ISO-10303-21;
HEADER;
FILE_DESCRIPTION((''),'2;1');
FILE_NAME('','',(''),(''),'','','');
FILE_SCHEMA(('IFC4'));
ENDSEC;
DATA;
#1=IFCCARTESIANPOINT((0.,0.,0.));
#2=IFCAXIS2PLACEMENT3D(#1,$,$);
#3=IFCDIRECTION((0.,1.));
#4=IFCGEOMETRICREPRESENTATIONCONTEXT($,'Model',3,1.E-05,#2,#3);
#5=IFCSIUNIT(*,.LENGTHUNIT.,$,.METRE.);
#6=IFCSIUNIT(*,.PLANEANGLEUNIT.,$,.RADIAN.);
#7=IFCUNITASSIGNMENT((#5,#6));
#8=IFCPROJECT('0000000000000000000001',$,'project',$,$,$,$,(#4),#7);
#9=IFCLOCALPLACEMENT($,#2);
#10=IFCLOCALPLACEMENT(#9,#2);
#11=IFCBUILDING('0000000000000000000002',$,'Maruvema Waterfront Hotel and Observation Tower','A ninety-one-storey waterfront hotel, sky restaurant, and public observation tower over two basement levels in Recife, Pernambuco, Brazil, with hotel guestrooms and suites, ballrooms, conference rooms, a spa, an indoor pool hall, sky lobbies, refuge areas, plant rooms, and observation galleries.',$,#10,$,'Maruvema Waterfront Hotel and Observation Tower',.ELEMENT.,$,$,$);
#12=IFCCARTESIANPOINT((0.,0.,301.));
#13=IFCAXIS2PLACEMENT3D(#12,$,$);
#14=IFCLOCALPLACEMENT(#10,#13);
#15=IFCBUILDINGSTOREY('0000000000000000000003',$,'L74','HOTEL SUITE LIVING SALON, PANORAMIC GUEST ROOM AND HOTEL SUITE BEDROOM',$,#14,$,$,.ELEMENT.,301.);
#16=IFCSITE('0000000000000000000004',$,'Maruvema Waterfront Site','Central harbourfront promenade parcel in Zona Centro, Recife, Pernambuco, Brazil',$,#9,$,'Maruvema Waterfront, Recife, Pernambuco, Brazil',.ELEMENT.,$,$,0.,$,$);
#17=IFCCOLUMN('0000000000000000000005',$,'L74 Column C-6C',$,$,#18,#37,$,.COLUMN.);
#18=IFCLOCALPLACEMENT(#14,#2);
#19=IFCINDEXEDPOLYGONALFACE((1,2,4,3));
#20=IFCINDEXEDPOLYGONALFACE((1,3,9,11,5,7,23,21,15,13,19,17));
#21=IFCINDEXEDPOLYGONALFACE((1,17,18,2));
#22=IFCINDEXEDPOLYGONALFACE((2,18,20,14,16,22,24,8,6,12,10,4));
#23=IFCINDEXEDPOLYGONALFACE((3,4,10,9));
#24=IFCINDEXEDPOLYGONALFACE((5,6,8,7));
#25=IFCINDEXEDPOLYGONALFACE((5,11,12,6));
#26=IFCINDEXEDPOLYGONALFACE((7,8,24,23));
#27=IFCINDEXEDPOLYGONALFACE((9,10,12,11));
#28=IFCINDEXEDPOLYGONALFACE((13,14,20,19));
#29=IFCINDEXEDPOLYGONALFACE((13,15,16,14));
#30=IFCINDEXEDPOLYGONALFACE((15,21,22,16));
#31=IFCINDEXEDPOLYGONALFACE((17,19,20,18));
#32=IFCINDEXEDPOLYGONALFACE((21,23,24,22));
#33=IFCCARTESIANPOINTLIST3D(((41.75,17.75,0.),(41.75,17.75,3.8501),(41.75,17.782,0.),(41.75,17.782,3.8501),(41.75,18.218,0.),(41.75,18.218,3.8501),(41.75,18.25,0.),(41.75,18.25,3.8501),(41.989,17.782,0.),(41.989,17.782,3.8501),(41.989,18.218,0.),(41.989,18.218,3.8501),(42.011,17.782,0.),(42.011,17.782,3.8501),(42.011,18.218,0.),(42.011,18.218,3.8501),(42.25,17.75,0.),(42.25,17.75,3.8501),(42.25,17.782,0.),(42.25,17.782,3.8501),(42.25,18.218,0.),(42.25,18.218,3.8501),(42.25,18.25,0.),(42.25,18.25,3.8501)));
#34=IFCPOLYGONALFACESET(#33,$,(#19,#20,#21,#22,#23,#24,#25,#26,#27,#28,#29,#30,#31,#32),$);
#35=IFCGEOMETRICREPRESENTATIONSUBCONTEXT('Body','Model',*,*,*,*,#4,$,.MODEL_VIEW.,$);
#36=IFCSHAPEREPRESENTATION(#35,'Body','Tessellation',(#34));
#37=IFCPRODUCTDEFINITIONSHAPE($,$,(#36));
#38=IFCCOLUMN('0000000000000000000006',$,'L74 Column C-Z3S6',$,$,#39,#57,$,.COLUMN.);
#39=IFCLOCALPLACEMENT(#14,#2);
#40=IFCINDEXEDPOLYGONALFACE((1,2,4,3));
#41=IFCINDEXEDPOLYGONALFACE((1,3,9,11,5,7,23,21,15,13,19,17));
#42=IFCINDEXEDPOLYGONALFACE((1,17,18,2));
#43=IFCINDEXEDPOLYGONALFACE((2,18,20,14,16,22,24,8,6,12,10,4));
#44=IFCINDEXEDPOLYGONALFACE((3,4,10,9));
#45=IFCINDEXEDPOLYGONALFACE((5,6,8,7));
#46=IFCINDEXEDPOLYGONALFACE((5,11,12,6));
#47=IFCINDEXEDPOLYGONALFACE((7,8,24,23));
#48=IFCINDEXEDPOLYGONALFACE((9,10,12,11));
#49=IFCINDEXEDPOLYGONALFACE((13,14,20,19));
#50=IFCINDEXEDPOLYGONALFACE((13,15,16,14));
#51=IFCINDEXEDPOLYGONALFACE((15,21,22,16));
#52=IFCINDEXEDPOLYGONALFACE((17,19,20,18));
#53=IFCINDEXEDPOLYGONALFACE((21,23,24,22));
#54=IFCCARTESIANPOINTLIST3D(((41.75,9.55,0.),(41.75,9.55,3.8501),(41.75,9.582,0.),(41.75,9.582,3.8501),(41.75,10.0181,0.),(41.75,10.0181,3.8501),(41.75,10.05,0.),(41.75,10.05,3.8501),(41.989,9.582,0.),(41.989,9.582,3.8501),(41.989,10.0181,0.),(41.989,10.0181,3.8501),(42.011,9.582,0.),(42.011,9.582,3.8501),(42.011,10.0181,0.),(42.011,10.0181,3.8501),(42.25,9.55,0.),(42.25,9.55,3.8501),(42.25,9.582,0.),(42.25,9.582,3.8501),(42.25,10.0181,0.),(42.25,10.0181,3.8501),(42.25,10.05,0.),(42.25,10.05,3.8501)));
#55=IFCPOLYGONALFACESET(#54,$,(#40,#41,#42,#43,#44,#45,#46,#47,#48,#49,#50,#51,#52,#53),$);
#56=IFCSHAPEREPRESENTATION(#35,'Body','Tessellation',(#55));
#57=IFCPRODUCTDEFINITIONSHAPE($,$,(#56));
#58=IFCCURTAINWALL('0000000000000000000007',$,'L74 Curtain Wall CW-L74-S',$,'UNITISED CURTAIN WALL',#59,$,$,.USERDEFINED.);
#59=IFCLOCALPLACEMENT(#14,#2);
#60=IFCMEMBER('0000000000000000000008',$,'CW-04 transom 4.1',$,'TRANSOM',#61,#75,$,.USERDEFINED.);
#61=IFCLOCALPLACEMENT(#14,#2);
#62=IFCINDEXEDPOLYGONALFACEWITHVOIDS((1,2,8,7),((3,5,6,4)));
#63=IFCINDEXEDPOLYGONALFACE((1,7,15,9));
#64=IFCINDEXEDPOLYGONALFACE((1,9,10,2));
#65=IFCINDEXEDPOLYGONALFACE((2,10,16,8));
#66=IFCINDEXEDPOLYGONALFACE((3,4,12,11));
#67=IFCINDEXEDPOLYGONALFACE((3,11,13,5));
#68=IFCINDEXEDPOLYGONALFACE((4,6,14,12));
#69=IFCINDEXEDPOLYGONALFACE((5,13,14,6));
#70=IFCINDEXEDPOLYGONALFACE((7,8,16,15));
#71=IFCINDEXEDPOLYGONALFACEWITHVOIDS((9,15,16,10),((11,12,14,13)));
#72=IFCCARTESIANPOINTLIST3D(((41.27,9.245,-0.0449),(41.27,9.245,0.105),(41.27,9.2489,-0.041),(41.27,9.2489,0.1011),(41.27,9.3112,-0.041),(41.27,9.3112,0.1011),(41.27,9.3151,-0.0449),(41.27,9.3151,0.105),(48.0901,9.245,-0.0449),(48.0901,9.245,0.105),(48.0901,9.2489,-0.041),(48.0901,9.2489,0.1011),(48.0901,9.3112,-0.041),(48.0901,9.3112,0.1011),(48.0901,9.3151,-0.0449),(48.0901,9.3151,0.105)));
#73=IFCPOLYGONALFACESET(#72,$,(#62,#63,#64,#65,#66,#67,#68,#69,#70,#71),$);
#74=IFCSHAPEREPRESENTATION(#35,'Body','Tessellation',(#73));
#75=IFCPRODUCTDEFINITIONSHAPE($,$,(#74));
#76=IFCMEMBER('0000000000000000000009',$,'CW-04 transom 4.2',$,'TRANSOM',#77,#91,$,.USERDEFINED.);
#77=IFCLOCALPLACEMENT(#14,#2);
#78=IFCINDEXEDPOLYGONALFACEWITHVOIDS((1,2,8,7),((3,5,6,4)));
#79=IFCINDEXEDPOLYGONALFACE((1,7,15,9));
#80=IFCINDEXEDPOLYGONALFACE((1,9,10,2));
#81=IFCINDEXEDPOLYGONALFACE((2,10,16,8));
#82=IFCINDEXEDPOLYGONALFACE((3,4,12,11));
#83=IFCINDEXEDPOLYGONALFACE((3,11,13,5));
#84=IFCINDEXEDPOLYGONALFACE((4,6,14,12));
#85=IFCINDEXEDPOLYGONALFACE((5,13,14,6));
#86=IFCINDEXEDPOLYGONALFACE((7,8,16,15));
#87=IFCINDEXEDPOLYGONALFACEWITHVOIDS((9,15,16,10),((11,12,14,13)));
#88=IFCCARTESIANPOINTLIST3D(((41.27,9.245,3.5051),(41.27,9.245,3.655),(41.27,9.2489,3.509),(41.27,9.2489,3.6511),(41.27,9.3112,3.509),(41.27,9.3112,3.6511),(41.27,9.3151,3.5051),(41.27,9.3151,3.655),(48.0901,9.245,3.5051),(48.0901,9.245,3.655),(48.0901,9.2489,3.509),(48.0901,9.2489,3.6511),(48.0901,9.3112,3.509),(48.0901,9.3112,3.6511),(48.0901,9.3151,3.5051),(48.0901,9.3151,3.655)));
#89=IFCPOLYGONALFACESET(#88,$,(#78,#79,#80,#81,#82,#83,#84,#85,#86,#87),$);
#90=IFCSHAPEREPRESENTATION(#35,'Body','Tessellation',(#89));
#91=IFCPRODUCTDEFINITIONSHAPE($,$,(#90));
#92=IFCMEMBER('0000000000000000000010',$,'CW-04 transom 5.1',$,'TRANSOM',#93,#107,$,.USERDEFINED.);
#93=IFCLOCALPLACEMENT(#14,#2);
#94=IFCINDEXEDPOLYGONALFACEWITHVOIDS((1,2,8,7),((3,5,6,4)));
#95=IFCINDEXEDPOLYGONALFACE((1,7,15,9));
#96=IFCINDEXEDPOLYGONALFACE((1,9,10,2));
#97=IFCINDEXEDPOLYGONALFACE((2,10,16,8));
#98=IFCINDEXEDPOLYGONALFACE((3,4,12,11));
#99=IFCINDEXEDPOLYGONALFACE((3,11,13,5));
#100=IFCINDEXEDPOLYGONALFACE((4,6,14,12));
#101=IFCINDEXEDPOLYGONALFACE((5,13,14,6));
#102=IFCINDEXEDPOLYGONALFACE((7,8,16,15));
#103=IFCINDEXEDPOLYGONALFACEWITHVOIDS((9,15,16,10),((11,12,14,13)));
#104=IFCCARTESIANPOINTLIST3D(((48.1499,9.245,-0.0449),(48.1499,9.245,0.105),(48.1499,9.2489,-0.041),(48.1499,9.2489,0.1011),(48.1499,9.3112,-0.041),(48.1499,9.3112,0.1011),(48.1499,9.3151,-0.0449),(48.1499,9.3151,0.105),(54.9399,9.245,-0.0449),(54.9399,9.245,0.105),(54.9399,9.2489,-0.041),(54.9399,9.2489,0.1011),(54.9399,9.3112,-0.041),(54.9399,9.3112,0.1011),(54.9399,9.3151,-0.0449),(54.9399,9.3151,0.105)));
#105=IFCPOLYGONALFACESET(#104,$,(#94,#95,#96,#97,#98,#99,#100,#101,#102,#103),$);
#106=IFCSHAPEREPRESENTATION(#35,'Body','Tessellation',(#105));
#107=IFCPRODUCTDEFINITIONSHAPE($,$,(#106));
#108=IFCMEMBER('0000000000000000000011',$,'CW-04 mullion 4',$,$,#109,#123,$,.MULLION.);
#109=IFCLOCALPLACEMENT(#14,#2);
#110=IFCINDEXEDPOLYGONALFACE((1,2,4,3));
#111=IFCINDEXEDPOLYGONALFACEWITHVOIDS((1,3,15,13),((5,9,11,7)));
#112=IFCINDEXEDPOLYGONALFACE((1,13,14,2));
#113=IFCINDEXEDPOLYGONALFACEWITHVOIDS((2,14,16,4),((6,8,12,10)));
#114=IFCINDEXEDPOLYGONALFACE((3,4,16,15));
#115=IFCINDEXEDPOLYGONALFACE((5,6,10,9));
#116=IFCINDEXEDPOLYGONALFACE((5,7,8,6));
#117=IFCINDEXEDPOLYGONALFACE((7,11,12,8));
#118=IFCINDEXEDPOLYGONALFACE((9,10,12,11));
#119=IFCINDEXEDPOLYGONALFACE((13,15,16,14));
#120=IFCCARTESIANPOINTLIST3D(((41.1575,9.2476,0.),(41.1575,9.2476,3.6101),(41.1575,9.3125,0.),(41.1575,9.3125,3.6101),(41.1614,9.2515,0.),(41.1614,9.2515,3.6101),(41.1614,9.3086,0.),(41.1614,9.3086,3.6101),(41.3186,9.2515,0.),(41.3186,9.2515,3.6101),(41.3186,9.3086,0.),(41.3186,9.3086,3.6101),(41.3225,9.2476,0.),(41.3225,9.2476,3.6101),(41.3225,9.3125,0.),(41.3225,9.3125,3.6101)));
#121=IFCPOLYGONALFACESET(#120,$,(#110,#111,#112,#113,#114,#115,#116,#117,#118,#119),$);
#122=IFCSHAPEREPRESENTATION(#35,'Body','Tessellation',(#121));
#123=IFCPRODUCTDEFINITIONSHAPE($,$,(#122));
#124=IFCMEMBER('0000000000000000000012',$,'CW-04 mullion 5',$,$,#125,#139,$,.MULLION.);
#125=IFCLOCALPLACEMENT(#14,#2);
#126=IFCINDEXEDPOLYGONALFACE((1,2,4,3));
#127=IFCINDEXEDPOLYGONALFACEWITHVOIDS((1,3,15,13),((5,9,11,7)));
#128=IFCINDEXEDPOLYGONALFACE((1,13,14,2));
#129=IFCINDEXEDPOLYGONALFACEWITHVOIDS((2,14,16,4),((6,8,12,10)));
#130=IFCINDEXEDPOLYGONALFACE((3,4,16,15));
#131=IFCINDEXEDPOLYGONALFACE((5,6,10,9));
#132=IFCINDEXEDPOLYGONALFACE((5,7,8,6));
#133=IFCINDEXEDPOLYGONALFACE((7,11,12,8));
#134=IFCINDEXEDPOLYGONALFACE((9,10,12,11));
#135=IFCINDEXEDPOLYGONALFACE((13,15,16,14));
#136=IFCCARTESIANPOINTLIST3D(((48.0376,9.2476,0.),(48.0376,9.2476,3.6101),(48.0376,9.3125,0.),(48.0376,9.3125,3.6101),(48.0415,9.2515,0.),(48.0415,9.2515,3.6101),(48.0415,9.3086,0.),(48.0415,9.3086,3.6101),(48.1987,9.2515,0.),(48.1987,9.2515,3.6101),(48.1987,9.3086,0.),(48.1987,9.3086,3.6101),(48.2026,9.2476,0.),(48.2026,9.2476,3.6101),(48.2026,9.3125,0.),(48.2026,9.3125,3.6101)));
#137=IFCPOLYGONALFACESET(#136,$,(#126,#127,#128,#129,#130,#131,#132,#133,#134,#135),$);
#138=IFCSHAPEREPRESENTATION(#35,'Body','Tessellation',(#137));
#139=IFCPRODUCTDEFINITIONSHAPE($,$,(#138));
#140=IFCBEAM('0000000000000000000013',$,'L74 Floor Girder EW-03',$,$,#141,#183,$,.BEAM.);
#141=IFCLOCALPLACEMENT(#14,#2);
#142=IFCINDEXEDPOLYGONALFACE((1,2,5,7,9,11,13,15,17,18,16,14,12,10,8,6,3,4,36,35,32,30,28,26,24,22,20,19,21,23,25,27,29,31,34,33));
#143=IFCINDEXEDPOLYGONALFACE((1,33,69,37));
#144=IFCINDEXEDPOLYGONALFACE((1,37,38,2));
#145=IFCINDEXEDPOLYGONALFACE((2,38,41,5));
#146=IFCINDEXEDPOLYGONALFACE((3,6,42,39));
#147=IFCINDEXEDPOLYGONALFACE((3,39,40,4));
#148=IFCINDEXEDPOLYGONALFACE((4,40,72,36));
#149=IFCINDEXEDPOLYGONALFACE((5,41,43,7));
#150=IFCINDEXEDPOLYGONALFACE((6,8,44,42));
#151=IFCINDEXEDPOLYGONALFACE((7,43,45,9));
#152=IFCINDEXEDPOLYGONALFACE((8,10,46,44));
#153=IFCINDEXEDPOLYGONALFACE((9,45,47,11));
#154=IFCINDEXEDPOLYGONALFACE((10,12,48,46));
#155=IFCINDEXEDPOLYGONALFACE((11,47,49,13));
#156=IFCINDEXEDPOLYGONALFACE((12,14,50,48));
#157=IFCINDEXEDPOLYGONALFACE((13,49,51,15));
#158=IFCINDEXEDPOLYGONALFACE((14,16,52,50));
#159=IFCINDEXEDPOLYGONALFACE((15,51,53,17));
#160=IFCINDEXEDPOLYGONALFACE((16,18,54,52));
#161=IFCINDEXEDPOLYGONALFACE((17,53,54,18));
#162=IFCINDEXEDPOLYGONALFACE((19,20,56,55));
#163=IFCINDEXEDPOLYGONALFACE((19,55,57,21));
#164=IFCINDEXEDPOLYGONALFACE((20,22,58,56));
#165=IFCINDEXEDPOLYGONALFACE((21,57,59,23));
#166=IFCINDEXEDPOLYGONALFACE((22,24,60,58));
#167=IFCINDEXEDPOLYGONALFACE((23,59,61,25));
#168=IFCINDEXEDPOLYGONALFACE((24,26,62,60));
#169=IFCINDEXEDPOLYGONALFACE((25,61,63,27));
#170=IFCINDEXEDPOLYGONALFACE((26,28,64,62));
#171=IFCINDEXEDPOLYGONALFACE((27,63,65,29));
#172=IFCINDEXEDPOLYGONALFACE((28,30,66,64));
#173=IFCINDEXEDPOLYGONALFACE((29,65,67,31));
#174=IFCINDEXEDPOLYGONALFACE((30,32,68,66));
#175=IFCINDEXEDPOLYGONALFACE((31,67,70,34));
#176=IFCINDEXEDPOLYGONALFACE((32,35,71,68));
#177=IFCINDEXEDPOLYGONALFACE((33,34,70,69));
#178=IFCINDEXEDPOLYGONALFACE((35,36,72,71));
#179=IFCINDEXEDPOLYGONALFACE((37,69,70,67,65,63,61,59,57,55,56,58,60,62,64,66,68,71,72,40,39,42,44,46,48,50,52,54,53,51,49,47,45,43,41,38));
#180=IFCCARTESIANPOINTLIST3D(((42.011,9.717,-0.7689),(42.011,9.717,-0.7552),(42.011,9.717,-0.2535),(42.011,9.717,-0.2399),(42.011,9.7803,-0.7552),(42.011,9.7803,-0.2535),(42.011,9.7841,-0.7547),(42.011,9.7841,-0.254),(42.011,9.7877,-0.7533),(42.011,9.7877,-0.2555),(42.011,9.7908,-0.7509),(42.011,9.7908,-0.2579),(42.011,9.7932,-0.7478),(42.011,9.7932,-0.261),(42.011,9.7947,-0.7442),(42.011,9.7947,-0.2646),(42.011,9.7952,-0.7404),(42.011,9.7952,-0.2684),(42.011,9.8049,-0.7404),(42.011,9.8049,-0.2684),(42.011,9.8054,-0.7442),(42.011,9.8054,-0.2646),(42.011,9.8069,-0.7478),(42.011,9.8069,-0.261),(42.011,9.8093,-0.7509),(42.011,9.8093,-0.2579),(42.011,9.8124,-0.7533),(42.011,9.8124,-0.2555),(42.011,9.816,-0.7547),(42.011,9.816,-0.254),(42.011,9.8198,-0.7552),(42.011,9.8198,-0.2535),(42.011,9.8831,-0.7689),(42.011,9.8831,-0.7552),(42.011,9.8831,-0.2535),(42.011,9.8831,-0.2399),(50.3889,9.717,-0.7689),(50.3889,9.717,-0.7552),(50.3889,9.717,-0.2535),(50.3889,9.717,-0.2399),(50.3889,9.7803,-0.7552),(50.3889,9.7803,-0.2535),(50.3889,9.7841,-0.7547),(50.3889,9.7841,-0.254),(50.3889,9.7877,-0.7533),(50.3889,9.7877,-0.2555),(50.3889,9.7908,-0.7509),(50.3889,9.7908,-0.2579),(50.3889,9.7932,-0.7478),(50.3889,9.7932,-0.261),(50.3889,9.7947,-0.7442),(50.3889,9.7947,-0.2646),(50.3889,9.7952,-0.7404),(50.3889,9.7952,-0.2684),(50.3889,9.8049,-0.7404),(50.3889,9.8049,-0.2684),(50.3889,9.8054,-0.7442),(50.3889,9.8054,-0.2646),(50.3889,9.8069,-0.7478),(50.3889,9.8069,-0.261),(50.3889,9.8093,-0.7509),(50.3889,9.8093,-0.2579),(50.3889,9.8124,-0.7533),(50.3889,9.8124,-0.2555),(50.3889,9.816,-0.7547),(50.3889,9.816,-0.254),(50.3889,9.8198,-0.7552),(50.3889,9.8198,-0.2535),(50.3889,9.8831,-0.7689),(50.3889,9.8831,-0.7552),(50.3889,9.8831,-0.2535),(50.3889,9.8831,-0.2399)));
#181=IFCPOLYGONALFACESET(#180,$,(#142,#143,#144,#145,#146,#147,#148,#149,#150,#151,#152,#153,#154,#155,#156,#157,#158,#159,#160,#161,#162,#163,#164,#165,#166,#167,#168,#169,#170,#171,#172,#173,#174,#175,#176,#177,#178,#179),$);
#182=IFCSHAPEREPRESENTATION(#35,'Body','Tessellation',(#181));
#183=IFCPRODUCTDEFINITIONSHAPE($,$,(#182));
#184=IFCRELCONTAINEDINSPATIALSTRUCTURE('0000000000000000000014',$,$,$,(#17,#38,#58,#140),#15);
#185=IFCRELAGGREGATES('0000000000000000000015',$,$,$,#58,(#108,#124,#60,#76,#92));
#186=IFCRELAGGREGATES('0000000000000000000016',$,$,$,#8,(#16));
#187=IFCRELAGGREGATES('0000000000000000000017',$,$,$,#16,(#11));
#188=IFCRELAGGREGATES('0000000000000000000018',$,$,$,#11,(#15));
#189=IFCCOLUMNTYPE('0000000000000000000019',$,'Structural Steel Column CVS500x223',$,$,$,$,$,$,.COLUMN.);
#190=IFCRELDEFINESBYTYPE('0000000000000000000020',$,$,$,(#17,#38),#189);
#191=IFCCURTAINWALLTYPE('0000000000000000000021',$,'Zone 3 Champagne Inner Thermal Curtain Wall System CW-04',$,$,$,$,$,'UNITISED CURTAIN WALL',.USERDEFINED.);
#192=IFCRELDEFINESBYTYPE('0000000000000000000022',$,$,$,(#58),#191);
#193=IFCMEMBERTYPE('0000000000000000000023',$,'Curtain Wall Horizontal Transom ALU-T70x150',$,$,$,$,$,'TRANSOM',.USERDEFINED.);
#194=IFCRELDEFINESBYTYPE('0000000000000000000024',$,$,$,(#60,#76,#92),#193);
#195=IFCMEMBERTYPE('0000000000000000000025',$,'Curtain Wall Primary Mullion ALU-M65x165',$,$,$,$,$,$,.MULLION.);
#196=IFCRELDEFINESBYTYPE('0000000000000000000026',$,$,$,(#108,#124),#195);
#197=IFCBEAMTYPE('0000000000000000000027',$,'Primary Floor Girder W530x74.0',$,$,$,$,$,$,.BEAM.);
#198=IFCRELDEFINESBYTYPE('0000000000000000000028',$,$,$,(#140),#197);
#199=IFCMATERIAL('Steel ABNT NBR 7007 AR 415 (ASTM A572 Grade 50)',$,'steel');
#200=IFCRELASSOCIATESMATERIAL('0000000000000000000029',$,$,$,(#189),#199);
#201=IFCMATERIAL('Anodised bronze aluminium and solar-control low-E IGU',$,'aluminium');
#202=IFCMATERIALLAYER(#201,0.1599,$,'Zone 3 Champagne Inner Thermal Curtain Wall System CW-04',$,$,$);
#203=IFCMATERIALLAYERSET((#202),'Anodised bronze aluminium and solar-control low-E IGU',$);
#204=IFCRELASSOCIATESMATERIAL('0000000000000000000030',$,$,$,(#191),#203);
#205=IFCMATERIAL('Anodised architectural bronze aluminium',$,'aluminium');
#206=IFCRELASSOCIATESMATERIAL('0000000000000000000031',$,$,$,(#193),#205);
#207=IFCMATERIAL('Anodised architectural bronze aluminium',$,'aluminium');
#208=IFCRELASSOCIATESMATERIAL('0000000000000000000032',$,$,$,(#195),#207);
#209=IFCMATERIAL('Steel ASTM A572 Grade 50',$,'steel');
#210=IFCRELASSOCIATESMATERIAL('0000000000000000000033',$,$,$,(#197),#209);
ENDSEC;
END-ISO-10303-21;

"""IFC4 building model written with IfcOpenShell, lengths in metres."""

from ifc_helpers import new_model, si_unit, direction, frame, origin, origin_2d, place, context, subcontext, project, spatial, hollow_rectangle, i_section, extrude, material, layer, layer_set, material_profile, profile_set, type_object, element, aggregate, save


model = new_model("IFC4")

# Units and contexts
model_context = context("Model", 3, precision=1e-05, world=origin(), true_north=direction((0.0, 1.0)))
body_context = subcontext(model_context, "Body", "Model", "MODEL_VIEW")
ifc_project = project(units=[si_unit("LENGTHUNIT", "METRE"), si_unit("PLANEANGLEUNIT", "RADIAN")], contexts=[model_context])

# Site, building, storey
site_placement = place(None, origin())
site = spatial("IfcSite", under=ifc_project, at=site_placement, Name="Maruvema Waterfront Site", Description="Central harbourfront promenade parcel in Zona Centro, Recife, Pernambuco, Brazil", LongName="Maruvema Waterfront, Recife, Pernambuco, Brazil", CompositionType="ELEMENT", RefElevation=0.0)
building_placement = place(site_placement, origin())
building = spatial("IfcBuilding", under=site, at=building_placement, Name="Maruvema Waterfront Hotel and Observation Tower", Description="A ninety-one-storey waterfront hotel, sky restaurant, and public observation tower over two basement levels in Recife, Pernambuco, Brazil, with hotel guestrooms and suites, ballrooms, conference rooms, a spa, an indoor pool hall, sky lobbies, refuge areas, plant rooms, and observation galleries.", LongName="Maruvema Waterfront Hotel and Observation Tower", CompositionType="ELEMENT")
storey_placement = place(building_placement, frame((0.0, 0.0, 301.0)))
storey = spatial("IfcBuildingStorey", under=building, at=storey_placement, Name="L74", Description="HOTEL SUITE LIVING SALON, PANORAMIC GUEST ROOM AND HOTEL SUITE BEDROOM", CompositionType="ELEMENT", Elevation=301.0)

# Columns
ifc_material_1 = material(Name="Steel ABNT NBR 7007 AR 415 (ASTM A572 Grade 50)", Category="steel")
ifc_material_profile_1 = material_profile(ifc_material_1, i_section(OverallWidth=0.5, OverallDepth=0.5, WebThickness=0.022, FlangeThickness=0.032, at=origin_2d()), Name="CVS500x223")
ifc_profile_set_1 = profile_set([ifc_material_profile_1], Name="Steel ABNT NBR 7007 AR 415 (ASTM A572 Grade 50)")
column_type = type_object("IfcColumnType", Name="Structural Steel Column CVS500x223", PredefinedType="COLUMN", material=ifc_profile_set_1)
for number, where, z_axis, x_axis, name in (
    (1, (42.0, 18.0, 0.0), (0.0, 0.0, 1.0), (1.0, 0.0, 0.0), "L74 Column C-6C"),
    (2, (42.0, 9.8, 0.0), (0.0, 0.0, 1.0), (1.0, 0.0, 0.0), "L74 Column C-Z3S6"),
):
    element("IfcColumn", number, at=place(storey_placement, frame(where, z_axis=z_axis, x_axis=x_axis)), inside=storey, type_object=column_type, Name=name, PredefinedType="COLUMN", context=body_context, shape_type="SweptSolid", body=[
        extrude(i_section(OverallWidth=0.5, OverallDepth=0.5, WebThickness=0.022, FlangeThickness=0.032, at=origin_2d()), origin(), (0.0, 0.0, 1.0), 3.8501),
    ])

# Curtain wall, members
ifc_material_2 = material(Name="Anodised bronze aluminium and solar-control low-E IGU", Category="aluminium")
ifc_layer_1 = layer(ifc_material_2, 0.1599, Name="Zone 3 Champagne Inner Thermal Curtain Wall System CW-04")
ifc_layer_set_1 = layer_set([ifc_layer_1], Name="Anodised bronze aluminium and solar-control low-E IGU")
curtain_wall_type = type_object("IfcCurtainWallType", Name="Zone 3 Champagne Inner Thermal Curtain Wall System CW-04", ElementType="UNITISED CURTAIN WALL", PredefinedType="USERDEFINED", material=ifc_layer_set_1)
curtain_wall_placement = place(storey_placement, origin())
curtain_wall = element("IfcCurtainWall", 3, at=curtain_wall_placement, inside=storey, type_object=curtain_wall_type, Name="L74 Curtain Wall CW-L74-S", ObjectType="UNITISED CURTAIN WALL", PredefinedType="USERDEFINED")
ifc_material_3 = material(Name="Anodised architectural bronze aluminium", Category="aluminium")
ifc_material_profile_2 = material_profile(ifc_material_3, hollow_rectangle(XDim=0.0701, YDim=0.1499, WallThickness=0.0039, at=origin_2d()), Name="ALU-T70x150")
ifc_profile_set_2 = profile_set([ifc_material_profile_2], Name="Anodised architectural bronze aluminium")
member_type_1 = type_object("IfcMemberType", Name="Curtain Wall Horizontal Transom ALU-T70x150", ElementType="TRANSOM", PredefinedType="USERDEFINED", material=ifc_profile_set_2)
member_1_placement = place(storey_placement, frame((41.27, 9.28, 0.03), z_axis=(1.0, 0.0, 0.0), x_axis=(0.0, 1.0, 0.0)))
member_1 = element("IfcMember", 4, at=member_1_placement, type_object=member_type_1, Name="CW-04 transom 4.1", ObjectType="TRANSOM", PredefinedType="USERDEFINED", context=body_context, shape_type="SweptSolid", body=[
    extrude(hollow_rectangle(XDim=0.0701, YDim=0.1499, WallThickness=0.0039, at=origin_2d()), origin(), (0.0, 0.0, 1.0), 6.8201),
])
member_2_placement = place(storey_placement, frame((41.27, 9.28, 3.5801), z_axis=(1.0, 0.0, 0.0), x_axis=(0.0, 1.0, 0.0)))
member_2 = element("IfcMember", 5, at=member_2_placement, type_object=member_type_1, Name="CW-04 transom 4.2", ObjectType="TRANSOM", PredefinedType="USERDEFINED", context=body_context, shape_type="SweptSolid", body=[
    extrude(hollow_rectangle(XDim=0.0701, YDim=0.1499, WallThickness=0.0039, at=origin_2d()), origin(), (0.0, 0.0, 1.0), 6.8201),
])
member_3_placement = place(storey_placement, frame((48.1499, 9.28, 0.03), z_axis=(1.0, 0.0, 0.0), x_axis=(0.0, 1.0, 0.0)))
member_3 = element("IfcMember", 6, at=member_3_placement, type_object=member_type_1, Name="CW-04 transom 5.1", ObjectType="TRANSOM", PredefinedType="USERDEFINED", context=body_context, shape_type="SweptSolid", body=[
    extrude(hollow_rectangle(XDim=0.0701, YDim=0.1499, WallThickness=0.0039, at=origin_2d()), origin(), (0.0, 0.0, 1.0), 6.79),
])
ifc_material_4 = material(Name="Anodised architectural bronze aluminium", Category="aluminium")
ifc_material_profile_3 = material_profile(ifc_material_4, hollow_rectangle(XDim=0.0649, YDim=0.165, WallThickness=0.0039, at=origin_2d()), Name="ALU-M65x165")
ifc_profile_set_3 = profile_set([ifc_material_profile_3], Name="Anodised architectural bronze aluminium")
member_type_2 = type_object("IfcMemberType", Name="Curtain Wall Primary Mullion ALU-M65x165", PredefinedType="MULLION", material=ifc_profile_set_3)
member_4_placement = place(storey_placement, frame((41.24, 9.28, 0.0), z_axis=(0.0, 0.0, 1.0), x_axis=(0.0, 1.0, 0.0)))
member_4 = element("IfcMember", 7, at=member_4_placement, type_object=member_type_2, Name="CW-04 mullion 4", PredefinedType="MULLION", context=body_context, shape_type="SweptSolid", body=[
    extrude(hollow_rectangle(XDim=0.0649, YDim=0.165, WallThickness=0.0039, at=origin_2d()), origin(), (0.0, 0.0, 1.0), 3.6101),
])
member_5_placement = place(storey_placement, frame((48.1201, 9.28, 0.0), z_axis=(0.0, 0.0, 1.0), x_axis=(0.0, 1.0, 0.0)))
member_5 = element("IfcMember", 8, at=member_5_placement, type_object=member_type_2, Name="CW-04 mullion 5", PredefinedType="MULLION", context=body_context, shape_type="SweptSolid", body=[
    extrude(hollow_rectangle(XDim=0.0649, YDim=0.165, WallThickness=0.0039, at=origin_2d()), origin(), (0.0, 0.0, 1.0), 3.6101),
])

# Beam
ifc_material_5 = material(Name="Steel ASTM A572 Grade 50", Category="steel")
ifc_material_profile_4 = material_profile(ifc_material_5, i_section(OverallWidth=0.166, OverallDepth=0.5291, WebThickness=0.0098, FlangeThickness=0.0137, FilletRadius=0.0149, at=origin_2d()), Name="W530x74.0")
ifc_profile_set_4 = profile_set([ifc_material_profile_4], Name="Steel ASTM A572 Grade 50")
beam_type_1 = type_object("IfcBeamType", Name="Primary Floor Girder W530x74.0", PredefinedType="BEAM", material=ifc_profile_set_4)
beam_1_placement = place(storey_placement, frame((42.011, 9.8, -0.5044), z_axis=(1.0, 0.0, 0.0), x_axis=(0.0, 1.0, 0.0)))
element("IfcBeam", 9, at=beam_1_placement, inside=storey, type_object=beam_type_1, Name="L74 Floor Girder EW-03", PredefinedType="BEAM", context=body_context, shape_type="SweptSolid", body=[
    extrude(i_section(OverallWidth=0.166, OverallDepth=0.5291, WebThickness=0.0098, FlangeThickness=0.0137, FilletRadius=0.0149, at=origin_2d()), origin(), (0.0, 0.0, 1.0), 8.3779),
])

aggregate(curtain_wall, [member_4, member_5, member_1, member_2, member_3])

save(model, "model.ifc")
